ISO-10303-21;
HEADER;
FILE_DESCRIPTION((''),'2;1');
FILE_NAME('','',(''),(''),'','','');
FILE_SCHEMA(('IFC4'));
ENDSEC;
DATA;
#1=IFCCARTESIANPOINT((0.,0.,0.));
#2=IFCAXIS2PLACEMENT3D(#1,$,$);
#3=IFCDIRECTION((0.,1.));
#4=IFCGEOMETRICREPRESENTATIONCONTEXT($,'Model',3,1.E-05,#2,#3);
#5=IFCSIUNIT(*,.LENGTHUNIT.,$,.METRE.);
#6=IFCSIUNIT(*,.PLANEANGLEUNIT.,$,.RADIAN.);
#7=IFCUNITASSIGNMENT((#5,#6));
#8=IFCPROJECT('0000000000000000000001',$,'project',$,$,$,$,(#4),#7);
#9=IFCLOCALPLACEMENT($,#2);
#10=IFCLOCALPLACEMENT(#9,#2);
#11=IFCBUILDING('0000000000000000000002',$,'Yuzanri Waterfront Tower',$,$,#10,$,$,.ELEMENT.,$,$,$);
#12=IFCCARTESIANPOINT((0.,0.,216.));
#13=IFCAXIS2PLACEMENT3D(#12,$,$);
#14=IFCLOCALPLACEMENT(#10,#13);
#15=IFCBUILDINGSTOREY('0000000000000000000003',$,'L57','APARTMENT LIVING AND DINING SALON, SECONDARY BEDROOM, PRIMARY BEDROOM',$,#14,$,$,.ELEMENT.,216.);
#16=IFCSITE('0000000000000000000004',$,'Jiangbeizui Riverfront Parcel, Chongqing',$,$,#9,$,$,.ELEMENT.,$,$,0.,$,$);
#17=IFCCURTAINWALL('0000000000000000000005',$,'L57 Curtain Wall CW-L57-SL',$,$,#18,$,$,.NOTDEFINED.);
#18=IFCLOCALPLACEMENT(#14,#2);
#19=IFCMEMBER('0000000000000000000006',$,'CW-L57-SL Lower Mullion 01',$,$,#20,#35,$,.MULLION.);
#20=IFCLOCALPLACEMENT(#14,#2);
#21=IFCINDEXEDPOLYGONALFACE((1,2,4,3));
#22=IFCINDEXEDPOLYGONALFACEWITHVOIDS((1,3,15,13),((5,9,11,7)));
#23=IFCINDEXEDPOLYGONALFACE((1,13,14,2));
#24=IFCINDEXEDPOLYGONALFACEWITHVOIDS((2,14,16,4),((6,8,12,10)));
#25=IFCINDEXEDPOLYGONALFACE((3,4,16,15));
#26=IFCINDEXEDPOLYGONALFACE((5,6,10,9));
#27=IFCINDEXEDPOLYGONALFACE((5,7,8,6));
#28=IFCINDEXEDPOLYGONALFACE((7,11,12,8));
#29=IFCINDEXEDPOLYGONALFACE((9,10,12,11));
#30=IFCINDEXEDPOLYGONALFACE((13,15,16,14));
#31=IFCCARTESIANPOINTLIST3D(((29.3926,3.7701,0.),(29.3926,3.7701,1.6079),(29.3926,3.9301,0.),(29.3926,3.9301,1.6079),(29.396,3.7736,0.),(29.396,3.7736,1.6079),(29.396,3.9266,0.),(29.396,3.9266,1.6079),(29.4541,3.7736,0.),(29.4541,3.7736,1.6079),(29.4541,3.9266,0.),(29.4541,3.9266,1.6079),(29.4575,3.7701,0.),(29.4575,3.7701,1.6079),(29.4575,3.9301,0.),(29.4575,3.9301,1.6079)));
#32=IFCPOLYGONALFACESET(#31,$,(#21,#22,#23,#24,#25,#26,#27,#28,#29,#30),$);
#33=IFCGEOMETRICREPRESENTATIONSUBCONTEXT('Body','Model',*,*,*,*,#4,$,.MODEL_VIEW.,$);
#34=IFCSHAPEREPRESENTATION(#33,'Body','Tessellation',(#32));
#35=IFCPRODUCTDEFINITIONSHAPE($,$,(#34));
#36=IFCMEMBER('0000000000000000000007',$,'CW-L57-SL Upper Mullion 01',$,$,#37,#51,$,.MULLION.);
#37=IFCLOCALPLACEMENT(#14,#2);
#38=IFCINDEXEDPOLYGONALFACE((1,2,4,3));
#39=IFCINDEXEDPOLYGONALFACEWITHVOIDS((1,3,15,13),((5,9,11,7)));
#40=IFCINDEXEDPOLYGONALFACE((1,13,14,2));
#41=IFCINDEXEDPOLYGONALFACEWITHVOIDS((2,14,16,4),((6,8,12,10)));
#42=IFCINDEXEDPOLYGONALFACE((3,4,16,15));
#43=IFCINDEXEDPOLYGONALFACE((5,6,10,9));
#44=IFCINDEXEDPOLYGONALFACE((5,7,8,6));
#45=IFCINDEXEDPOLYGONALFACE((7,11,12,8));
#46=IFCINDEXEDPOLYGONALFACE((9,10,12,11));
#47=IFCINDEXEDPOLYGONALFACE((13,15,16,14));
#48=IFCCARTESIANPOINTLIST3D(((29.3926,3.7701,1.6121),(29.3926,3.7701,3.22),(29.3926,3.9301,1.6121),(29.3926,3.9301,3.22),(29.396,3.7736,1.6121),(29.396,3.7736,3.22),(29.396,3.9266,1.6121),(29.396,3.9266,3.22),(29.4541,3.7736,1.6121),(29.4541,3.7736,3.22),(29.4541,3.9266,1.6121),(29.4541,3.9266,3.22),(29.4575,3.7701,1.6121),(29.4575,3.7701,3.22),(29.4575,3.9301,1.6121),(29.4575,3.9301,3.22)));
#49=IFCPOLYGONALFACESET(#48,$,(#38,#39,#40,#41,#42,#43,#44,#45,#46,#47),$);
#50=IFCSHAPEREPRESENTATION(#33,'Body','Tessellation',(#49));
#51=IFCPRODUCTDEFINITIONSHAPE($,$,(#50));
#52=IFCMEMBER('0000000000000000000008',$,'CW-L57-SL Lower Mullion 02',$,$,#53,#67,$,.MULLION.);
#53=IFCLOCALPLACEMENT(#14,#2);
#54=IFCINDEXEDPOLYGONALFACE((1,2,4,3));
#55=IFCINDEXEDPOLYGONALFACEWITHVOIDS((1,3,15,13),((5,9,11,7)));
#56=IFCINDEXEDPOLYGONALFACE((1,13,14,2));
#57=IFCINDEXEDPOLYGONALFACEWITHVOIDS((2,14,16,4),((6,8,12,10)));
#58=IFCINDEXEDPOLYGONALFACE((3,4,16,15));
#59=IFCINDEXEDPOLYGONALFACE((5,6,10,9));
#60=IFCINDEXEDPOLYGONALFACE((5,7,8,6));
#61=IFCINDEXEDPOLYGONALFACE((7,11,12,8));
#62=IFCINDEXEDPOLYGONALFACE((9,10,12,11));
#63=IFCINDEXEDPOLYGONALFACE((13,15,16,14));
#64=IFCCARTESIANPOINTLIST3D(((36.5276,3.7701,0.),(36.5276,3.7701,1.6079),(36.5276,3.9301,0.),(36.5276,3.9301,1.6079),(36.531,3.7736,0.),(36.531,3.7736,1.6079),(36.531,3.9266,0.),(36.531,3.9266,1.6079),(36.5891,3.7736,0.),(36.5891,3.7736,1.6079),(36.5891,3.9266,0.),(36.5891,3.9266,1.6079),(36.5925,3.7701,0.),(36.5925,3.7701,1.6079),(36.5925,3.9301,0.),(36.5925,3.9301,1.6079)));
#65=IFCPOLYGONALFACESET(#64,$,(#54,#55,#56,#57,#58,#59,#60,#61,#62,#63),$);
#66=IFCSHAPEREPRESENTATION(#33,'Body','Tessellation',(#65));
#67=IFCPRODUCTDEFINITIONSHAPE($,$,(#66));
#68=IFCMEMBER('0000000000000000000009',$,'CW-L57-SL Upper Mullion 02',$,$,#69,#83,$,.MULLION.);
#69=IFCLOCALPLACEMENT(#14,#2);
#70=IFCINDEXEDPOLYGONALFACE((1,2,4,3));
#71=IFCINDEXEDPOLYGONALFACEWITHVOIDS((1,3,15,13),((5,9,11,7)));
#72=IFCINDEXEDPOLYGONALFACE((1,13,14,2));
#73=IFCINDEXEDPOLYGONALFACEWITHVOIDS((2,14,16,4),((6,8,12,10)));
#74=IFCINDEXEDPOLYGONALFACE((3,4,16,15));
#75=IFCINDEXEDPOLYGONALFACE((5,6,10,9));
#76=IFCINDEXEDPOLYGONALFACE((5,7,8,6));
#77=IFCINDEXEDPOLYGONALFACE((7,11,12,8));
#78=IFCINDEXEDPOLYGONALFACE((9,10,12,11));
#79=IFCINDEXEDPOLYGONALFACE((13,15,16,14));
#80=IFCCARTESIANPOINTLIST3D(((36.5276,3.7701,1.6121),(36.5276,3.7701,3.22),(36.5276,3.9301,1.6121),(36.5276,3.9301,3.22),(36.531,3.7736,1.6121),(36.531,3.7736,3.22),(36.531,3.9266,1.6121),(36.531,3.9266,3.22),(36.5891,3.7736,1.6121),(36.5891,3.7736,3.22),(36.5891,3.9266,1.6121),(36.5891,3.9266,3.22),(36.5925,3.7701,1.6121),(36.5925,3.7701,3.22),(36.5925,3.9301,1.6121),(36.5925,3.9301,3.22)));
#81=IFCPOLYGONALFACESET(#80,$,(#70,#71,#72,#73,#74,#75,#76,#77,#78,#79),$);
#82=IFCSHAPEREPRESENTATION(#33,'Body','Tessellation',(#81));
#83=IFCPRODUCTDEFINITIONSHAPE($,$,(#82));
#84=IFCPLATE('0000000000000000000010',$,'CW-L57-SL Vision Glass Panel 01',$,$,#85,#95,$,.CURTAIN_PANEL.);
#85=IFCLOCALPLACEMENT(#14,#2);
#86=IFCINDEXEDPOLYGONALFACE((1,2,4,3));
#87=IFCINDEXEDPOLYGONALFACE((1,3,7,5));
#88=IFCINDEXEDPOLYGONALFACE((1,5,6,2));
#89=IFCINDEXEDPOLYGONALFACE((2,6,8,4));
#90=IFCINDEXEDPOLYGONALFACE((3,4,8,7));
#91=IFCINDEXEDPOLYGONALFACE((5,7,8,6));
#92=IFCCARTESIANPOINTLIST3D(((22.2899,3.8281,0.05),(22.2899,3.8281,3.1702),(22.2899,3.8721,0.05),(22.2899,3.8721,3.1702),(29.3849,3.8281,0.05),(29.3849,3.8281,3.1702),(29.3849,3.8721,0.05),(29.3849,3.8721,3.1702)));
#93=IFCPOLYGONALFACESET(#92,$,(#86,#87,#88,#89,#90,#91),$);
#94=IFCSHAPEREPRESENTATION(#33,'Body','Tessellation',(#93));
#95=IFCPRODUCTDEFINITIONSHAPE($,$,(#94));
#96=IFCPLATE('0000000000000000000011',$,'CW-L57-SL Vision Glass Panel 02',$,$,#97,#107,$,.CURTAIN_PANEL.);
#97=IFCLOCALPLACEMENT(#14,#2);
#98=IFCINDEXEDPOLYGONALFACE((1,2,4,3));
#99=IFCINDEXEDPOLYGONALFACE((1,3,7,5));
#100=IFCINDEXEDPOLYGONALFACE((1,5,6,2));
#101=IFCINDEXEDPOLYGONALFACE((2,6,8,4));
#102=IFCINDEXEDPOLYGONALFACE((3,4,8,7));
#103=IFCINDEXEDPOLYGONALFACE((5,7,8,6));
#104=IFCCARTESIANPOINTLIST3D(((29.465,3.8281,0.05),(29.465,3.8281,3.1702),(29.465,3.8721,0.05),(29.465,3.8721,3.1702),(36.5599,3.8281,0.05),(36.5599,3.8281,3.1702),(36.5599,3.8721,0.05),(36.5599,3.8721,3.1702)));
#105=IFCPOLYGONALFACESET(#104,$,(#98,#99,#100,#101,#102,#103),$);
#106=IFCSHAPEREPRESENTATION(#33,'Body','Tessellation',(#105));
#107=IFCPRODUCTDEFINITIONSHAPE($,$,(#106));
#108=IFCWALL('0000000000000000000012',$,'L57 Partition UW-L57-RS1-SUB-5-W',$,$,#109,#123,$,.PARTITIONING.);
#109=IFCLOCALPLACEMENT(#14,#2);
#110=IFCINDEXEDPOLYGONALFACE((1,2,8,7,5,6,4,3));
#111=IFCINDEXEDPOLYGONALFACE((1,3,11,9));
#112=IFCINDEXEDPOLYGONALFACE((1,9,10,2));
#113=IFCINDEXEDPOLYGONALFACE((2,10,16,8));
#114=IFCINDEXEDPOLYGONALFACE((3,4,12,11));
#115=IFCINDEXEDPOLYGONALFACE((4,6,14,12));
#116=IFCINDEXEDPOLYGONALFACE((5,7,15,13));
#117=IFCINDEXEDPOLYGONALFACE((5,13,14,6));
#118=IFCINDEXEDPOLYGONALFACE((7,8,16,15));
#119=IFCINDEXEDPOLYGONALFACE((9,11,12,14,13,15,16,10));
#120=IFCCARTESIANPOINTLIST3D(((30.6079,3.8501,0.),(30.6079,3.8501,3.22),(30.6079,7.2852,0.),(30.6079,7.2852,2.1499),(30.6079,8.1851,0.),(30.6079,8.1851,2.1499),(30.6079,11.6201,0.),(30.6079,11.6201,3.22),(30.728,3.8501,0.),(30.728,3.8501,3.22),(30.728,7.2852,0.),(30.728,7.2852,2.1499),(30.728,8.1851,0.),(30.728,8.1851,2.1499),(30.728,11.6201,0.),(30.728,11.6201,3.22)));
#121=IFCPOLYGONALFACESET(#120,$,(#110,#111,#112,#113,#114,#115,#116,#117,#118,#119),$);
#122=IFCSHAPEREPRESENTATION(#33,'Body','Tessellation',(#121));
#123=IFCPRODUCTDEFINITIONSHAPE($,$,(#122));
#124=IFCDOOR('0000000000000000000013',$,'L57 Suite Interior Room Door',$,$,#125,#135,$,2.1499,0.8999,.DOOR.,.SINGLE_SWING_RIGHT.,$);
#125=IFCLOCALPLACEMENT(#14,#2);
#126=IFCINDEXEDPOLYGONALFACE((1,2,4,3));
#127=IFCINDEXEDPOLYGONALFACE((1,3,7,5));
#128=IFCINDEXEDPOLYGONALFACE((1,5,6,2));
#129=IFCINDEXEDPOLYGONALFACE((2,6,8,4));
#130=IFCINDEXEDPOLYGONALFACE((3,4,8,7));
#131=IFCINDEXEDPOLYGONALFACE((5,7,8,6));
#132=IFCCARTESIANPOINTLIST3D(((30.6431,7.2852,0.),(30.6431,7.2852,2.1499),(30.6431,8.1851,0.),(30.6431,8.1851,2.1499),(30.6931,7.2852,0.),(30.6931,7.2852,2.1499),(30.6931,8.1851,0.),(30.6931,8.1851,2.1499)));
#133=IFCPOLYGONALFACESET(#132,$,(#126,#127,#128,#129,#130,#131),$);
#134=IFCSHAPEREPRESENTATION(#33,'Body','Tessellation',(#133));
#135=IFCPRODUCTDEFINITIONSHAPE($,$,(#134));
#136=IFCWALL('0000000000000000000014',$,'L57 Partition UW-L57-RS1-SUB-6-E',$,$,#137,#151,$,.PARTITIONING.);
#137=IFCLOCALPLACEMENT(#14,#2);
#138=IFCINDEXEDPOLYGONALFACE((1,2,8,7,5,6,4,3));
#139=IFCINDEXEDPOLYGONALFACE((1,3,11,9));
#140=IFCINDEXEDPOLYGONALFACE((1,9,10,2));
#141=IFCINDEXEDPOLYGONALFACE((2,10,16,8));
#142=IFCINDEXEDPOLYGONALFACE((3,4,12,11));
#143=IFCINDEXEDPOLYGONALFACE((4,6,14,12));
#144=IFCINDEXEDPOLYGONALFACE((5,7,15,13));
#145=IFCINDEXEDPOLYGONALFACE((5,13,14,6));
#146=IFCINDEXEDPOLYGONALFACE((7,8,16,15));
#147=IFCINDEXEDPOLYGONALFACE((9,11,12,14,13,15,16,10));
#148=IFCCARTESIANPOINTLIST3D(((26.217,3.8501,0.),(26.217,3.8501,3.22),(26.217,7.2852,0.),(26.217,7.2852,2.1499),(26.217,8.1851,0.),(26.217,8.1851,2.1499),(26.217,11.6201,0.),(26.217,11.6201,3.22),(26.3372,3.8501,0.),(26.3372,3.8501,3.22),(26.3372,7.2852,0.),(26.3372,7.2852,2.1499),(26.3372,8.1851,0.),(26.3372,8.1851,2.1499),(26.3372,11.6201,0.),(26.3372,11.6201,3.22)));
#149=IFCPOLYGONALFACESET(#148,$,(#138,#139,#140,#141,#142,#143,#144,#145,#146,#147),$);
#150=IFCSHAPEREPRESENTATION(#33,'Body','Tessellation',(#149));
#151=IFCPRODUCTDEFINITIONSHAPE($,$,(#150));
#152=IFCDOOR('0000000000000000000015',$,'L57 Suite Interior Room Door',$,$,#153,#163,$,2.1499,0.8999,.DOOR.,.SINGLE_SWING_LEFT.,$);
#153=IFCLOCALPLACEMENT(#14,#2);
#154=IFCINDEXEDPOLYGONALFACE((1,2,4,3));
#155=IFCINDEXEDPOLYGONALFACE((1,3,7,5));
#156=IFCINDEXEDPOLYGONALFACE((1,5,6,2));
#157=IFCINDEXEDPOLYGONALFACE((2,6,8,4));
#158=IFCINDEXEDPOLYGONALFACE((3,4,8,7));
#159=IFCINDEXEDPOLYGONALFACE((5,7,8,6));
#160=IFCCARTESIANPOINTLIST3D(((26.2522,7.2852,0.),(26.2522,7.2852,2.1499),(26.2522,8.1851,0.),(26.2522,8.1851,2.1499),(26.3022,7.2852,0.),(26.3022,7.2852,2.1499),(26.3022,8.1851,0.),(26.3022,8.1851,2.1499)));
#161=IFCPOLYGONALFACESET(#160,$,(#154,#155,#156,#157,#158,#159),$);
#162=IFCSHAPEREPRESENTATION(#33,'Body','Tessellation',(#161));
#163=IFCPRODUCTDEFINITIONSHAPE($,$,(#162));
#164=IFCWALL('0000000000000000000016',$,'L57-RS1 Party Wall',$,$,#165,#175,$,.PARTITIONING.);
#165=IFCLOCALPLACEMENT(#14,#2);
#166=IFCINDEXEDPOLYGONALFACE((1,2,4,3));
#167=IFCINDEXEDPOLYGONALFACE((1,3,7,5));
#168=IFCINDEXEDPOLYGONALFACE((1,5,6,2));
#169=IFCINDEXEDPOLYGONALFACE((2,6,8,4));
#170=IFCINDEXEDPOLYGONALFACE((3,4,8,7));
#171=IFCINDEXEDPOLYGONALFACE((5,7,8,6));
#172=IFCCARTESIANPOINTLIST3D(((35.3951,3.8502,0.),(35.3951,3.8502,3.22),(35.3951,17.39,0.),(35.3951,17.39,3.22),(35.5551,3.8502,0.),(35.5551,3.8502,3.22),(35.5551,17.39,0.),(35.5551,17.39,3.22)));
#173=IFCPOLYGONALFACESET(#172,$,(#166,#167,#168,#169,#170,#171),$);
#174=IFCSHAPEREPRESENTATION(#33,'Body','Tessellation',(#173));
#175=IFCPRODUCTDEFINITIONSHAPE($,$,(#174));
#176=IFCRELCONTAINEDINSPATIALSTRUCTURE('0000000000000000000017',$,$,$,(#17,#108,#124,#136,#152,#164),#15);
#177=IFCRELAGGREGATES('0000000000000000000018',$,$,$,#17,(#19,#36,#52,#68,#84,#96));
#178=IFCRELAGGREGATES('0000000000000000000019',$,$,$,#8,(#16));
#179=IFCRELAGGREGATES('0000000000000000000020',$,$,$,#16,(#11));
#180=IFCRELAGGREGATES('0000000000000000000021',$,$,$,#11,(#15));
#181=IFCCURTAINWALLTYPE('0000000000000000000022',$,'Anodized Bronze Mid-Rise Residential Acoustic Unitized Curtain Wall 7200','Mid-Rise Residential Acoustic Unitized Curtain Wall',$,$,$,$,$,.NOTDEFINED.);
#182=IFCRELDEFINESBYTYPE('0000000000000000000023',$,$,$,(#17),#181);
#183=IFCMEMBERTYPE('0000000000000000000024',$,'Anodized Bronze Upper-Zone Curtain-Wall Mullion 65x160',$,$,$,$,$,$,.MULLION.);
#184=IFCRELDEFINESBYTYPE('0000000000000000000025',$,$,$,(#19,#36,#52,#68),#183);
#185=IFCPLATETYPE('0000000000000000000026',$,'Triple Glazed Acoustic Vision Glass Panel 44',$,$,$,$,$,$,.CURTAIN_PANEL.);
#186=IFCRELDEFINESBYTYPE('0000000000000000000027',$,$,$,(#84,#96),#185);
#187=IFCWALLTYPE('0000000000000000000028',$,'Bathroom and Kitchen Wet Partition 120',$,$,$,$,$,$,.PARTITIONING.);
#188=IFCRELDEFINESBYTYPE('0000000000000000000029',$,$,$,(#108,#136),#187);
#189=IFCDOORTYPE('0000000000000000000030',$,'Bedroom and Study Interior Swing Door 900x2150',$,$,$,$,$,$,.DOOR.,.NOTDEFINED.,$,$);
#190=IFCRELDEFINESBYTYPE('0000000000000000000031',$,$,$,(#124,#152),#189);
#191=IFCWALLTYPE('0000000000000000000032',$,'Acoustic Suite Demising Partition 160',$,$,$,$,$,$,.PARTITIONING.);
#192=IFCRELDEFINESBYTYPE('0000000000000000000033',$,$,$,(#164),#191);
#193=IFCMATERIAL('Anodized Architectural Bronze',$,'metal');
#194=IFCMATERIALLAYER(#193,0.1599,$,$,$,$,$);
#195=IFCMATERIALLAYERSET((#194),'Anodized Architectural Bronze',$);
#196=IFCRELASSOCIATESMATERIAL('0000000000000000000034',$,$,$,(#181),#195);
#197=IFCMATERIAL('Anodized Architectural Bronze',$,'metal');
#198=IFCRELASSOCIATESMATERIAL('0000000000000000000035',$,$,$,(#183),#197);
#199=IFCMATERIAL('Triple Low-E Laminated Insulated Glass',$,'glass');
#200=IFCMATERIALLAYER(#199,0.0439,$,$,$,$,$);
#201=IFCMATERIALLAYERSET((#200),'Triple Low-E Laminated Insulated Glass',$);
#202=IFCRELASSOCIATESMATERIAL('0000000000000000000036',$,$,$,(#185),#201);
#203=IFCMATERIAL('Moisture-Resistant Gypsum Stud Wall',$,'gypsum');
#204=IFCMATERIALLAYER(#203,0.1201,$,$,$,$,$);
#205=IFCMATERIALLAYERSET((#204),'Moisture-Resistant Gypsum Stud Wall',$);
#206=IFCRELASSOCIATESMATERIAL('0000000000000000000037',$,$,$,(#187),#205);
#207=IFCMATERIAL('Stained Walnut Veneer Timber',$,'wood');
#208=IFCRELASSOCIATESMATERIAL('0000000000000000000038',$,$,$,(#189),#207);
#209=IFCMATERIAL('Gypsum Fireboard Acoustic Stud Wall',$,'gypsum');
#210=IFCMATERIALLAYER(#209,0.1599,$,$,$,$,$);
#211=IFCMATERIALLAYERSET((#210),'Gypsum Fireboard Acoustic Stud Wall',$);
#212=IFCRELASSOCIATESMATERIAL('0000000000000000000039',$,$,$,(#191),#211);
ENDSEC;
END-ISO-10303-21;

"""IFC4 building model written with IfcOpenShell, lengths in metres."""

from ifc_helpers import new_model, si_unit, direction, frame, frame_2d, origin, origin_2d, place, context, subcontext, project, spatial, rectangle, hollow_rectangle, extrude, source, transform, mapped, material, layer, layer_set, material_profile, profile_set, type_object, element, fill, aggregate, save


model = new_model("IFC4")

# Units and contexts
model_context = context("Model", 3, precision=1e-05, world=origin(), true_north=direction((0.0, 1.0)))
body_context = subcontext(model_context, "Body", "Model", "MODEL_VIEW")
ifc_project = project(units=[si_unit("LENGTHUNIT", "METRE"), si_unit("PLANEANGLEUNIT", "RADIAN")], contexts=[model_context])

# Site, building, storey
site_placement = place(None, origin())
site = spatial("IfcSite", under=ifc_project, at=site_placement, Name="Jiangbeizui Riverfront Parcel, Chongqing", CompositionType="ELEMENT", RefElevation=0.0)
building_placement = place(site_placement, origin())
building = spatial("IfcBuilding", under=site, at=building_placement, Name="Yuzanri Waterfront Tower", CompositionType="ELEMENT")
storey_placement = place(building_placement, frame((0.0, 0.0, 216.0)))
storey = spatial("IfcBuildingStorey", under=building, at=storey_placement, Name="L57", Description="APARTMENT LIVING AND DINING SALON, SECONDARY BEDROOM, PRIMARY BEDROOM", CompositionType="ELEMENT", Elevation=216.0)

# Curtain wall, members, plates
ifc_material_1 = material(Name="Anodized Architectural Bronze", Category="metal")
ifc_layer_1 = layer(ifc_material_1, 0.1599)
ifc_layer_set_1 = layer_set([ifc_layer_1], Name="Anodized Architectural Bronze")
curtain_wall_type = type_object("IfcCurtainWallType", Name="Anodized Bronze Mid-Rise Residential Acoustic Unitized Curtain Wall 7200", Description="Mid-Rise Residential Acoustic Unitized Curtain Wall", PredefinedType="NOTDEFINED", material=ifc_layer_set_1)
curtain_wall_placement = place(storey_placement, origin())
curtain_wall = element("IfcCurtainWall", 1, at=curtain_wall_placement, inside=storey, type_object=curtain_wall_type, Name="L57 Curtain Wall CW-L57-SL", PredefinedType="NOTDEFINED")
ifc_material_2 = material(Name="Anodized Architectural Bronze", Category="metal")
ifc_material_profile = material_profile(ifc_material_2, hollow_rectangle(XDim=0.0649, YDim=0.1599, WallThickness=0.0034, at=origin_2d()), Name="CWM 65x160")
ifc_profile_set = profile_set([ifc_material_profile], Name="Anodized Architectural Bronze")
member_type = type_object("IfcMemberType", Name="Anodized Bronze Upper-Zone Curtain-Wall Mullion 65x160", PredefinedType="MULLION", material=ifc_profile_set)
shared_shape_1 = source(origin(), body_context, "Body", "SweptSolid", [
    extrude(hollow_rectangle(XDim=0.0649, YDim=0.1599, WallThickness=0.0034, at=origin_2d()), origin(), (0.0, 0.0, 1.0), 1.6079),
])
member_1_placement = place(storey_placement, frame((29.425, 3.8501, 0.0), z_axis=(0.0, 0.0, 1.0), x_axis=(1.0, 0.0, 0.0)))
member_1 = element("IfcMember", 2, at=member_1_placement, type_object=member_type, Name="CW-L57-SL Lower Mullion 01", PredefinedType="MULLION", context=body_context, shape_type="MappedRepresentation", body=[
    mapped(shared_shape_1, transform((0.0, 0.0, 0.0), scale=1.0)),
])
member_2_placement = place(storey_placement, frame((29.425, 3.8501, 1.6121), z_axis=(0.0, 0.0, 1.0), x_axis=(1.0, 0.0, 0.0)))
member_2 = element("IfcMember", 3, at=member_2_placement, type_object=member_type, Name="CW-L57-SL Upper Mullion 01", PredefinedType="MULLION", context=body_context, shape_type="MappedRepresentation", body=[
    mapped(shared_shape_1, transform((0.0, 0.0, 0.0), scale=1.0)),
])
member_3_placement = place(storey_placement, frame((36.5601, 3.8501, 0.0), z_axis=(0.0, 0.0, 1.0), x_axis=(1.0, 0.0, 0.0)))
member_3 = element("IfcMember", 4, at=member_3_placement, type_object=member_type, Name="CW-L57-SL Lower Mullion 02", PredefinedType="MULLION", context=body_context, shape_type="MappedRepresentation", body=[
    mapped(shared_shape_1, transform((0.0, 0.0, 0.0), scale=1.0)),
])
member_4_placement = place(storey_placement, frame((36.5601, 3.8501, 1.6121), z_axis=(0.0, 0.0, 1.0), x_axis=(1.0, 0.0, 0.0)))
member_4 = element("IfcMember", 5, at=member_4_placement, type_object=member_type, Name="CW-L57-SL Upper Mullion 02", PredefinedType="MULLION", context=body_context, shape_type="MappedRepresentation", body=[
    mapped(shared_shape_1, transform((0.0, 0.0, 0.0), scale=1.0)),
])
ifc_material_3 = material(Name="Triple Low-E Laminated Insulated Glass", Category="glass")
ifc_layer_2 = layer(ifc_material_3, 0.0439)
ifc_layer_set_2 = layer_set([ifc_layer_2], Name="Triple Low-E Laminated Insulated Glass")
plate_type = type_object("IfcPlateType", Name="Triple Glazed Acoustic Vision Glass Panel 44", PredefinedType="CURTAIN_PANEL", material=ifc_layer_set_2)
shared_shape_2 = source(origin(), body_context, "Body", "SweptSolid", [
    extrude(rectangle(XDim=7.095, YDim=0.0439, at=origin_2d()), origin(), (0.0, 0.0, 1.0), 3.1201),
])
plate_1_placement = place(storey_placement, frame((25.8374, 3.8501, 0.05), z_axis=(0.0, 0.0, 1.0), x_axis=(1.0, 0.0, 0.0)))
plate_1 = element("IfcPlate", 6, at=plate_1_placement, type_object=plate_type, Name="CW-L57-SL Vision Glass Panel 01", PredefinedType="CURTAIN_PANEL", context=body_context, shape_type="MappedRepresentation", body=[
    mapped(shared_shape_2, transform((0.0, 0.0, 0.0), scale=1.0)),
])
plate_2_placement = place(storey_placement, frame((33.0125, 3.8501, 0.05), z_axis=(0.0, 0.0, 1.0), x_axis=(1.0, 0.0, 0.0)))
plate_2 = element("IfcPlate", 7, at=plate_2_placement, type_object=plate_type, Name="CW-L57-SL Vision Glass Panel 02", PredefinedType="CURTAIN_PANEL", context=body_context, shape_type="MappedRepresentation", body=[
    mapped(shared_shape_2, transform((0.0, 0.0, 0.0), scale=1.0)),
])
aggregate(curtain_wall, [member_1, member_2, member_3, member_4, plate_1, plate_2])

# Walls, openings, doors
ifc_material_4 = material(Name="Moisture-Resistant Gypsum Stud Wall", Category="gypsum")
ifc_layer_3 = layer(ifc_material_4, 0.1201)
ifc_layer_set_3 = layer_set([ifc_layer_3], Name="Moisture-Resistant Gypsum Stud Wall")
wall_type_1 = type_object("IfcWallType", Name="Bathroom and Kitchen Wet Partition 120", PredefinedType="PARTITIONING", material=ifc_layer_set_3)
wall_1_placement = place(storey_placement, frame((30.668, 3.8501, 0.0), z_axis=(0.0, 0.0, 1.0), x_axis=(0.0, 1.0, 0.0)))
wall_1 = element("IfcWall", 8, at=wall_1_placement, inside=storey, type_object=wall_type_1, Name="L57 Partition UW-L57-RS1-SUB-5-W", PredefinedType="PARTITIONING", context=body_context, shape_type="SweptSolid", body=[
    extrude(rectangle(XDim=7.77, YDim=0.1201, at=frame_2d((3.885, 0.0))), origin(), (0.0, 0.0, 1.0), 3.22),
])
opening_1_placement = place(wall_1_placement, frame((3.4351, 0.0, 0.0)))
opening_1 = element("IfcOpeningElement", 9, at=opening_1_placement, cuts=wall_1, PredefinedType="OPENING", context=body_context, shape_type="SweptSolid", body=[
    extrude(rectangle(XDim=0.8999, YDim=2.1499, at=frame_2d((0.45, 1.075))), frame((0.0, 0.075, 0.0), z_axis=(0.0, -1.0, 0.0), x_axis=(1.0, 0.0, 0.0)), (0.0, 0.0, 1.0), 0.1499),
])
ifc_material_5 = material(Name="Stained Walnut Veneer Timber", Category="wood")
door_type = type_object("IfcDoorType", Name="Bedroom and Study Interior Swing Door 900x2150", OperationType="NOTDEFINED", PredefinedType="DOOR", material=ifc_material_5)
shared_shape_3 = source(origin(), body_context, "Body", "SweptSolid", [
    extrude(rectangle(XDim=0.8999, YDim=2.1499, at=frame_2d((0.45, 1.075))), frame((0.0, 0.0249, 0.0), z_axis=(0.0, -1.0, 0.0), x_axis=(1.0, 0.0, 0.0)), (0.0, 0.0, 1.0), 0.05),
])
door_1_placement = place(opening_1_placement, origin())
door_1 = element("IfcDoor", 10, at=door_1_placement, inside=storey, type_object=door_type, Name="L57 Suite Interior Room Door", OperationType="SINGLE_SWING_RIGHT", OverallHeight=2.1499, OverallWidth=0.8999, PredefinedType="DOOR", context=body_context, shape_type="MappedRepresentation", body=[
    mapped(shared_shape_3, transform((0.0, 0.0, 0.0), scale=1.0)),
])
fill(opening_1, door_1)
wall_2_placement = place(storey_placement, frame((26.2771, 3.8501, 0.0), z_axis=(0.0, 0.0, 1.0), x_axis=(0.0, 1.0, 0.0)))
wall_2 = element("IfcWall", 11, at=wall_2_placement, inside=storey, type_object=wall_type_1, Name="L57 Partition UW-L57-RS1-SUB-6-E", PredefinedType="PARTITIONING", context=body_context, shape_type="SweptSolid", body=[
    extrude(rectangle(XDim=7.77, YDim=0.1201, at=frame_2d((3.885, 0.0))), origin(), (0.0, 0.0, 1.0), 3.22),
])
opening_2_placement = place(wall_2_placement, frame((3.4351, 0.0, 0.0)))
opening_2 = element("IfcOpeningElement", 12, at=opening_2_placement, cuts=wall_2, PredefinedType="OPENING", context=body_context, shape_type="SweptSolid", body=[
    extrude(rectangle(XDim=0.8999, YDim=2.1499, at=frame_2d((0.45, 1.075))), frame((0.0, 0.075, 0.0), z_axis=(0.0, -1.0, 0.0), x_axis=(1.0, 0.0, 0.0)), (0.0, 0.0, 1.0), 0.1499),
])
door_2_placement = place(opening_2_placement, origin())
door_2 = element("IfcDoor", 13, at=door_2_placement, inside=storey, type_object=door_type, Name="L57 Suite Interior Room Door", OperationType="SINGLE_SWING_LEFT", OverallHeight=2.1499, OverallWidth=0.8999, PredefinedType="DOOR", context=body_context, shape_type="MappedRepresentation", body=[
    mapped(shared_shape_3, transform((0.0, 0.0, 0.0), scale=1.0)),
])
fill(opening_2, door_2)

# Wall
ifc_material_6 = material(Name="Gypsum Fireboard Acoustic Stud Wall", Category="gypsum")
ifc_layer_4 = layer(ifc_material_6, 0.1599)
ifc_layer_set_4 = layer_set([ifc_layer_4], Name="Gypsum Fireboard Acoustic Stud Wall")
wall_type_2 = type_object("IfcWallType", Name="Acoustic Suite Demising Partition 160", PredefinedType="PARTITIONING", material=ifc_layer_set_4)
shared_shape_4 = source(origin(), body_context, "Body", "SweptSolid", [
    extrude(rectangle(XDim=13.5398, YDim=0.1599, at=frame_2d((6.77, 0.0))), origin(), (0.0, 0.0, 1.0), 3.22),
])
wall_3_placement = place(storey_placement, frame((35.4751, 3.8501, 0.0), z_axis=(0.0, 0.0, 1.0), x_axis=(0.0, 1.0, 0.0)))
element("IfcWall", 14, at=wall_3_placement, inside=storey, type_object=wall_type_2, Name="L57-RS1 Party Wall", PredefinedType="PARTITIONING", context=body_context, shape_type="MappedRepresentation", body=[
    mapped(shared_shape_4, transform((0.0, 0.0, 0.0), scale=1.0)),
])

save(model, "model.ifc")
